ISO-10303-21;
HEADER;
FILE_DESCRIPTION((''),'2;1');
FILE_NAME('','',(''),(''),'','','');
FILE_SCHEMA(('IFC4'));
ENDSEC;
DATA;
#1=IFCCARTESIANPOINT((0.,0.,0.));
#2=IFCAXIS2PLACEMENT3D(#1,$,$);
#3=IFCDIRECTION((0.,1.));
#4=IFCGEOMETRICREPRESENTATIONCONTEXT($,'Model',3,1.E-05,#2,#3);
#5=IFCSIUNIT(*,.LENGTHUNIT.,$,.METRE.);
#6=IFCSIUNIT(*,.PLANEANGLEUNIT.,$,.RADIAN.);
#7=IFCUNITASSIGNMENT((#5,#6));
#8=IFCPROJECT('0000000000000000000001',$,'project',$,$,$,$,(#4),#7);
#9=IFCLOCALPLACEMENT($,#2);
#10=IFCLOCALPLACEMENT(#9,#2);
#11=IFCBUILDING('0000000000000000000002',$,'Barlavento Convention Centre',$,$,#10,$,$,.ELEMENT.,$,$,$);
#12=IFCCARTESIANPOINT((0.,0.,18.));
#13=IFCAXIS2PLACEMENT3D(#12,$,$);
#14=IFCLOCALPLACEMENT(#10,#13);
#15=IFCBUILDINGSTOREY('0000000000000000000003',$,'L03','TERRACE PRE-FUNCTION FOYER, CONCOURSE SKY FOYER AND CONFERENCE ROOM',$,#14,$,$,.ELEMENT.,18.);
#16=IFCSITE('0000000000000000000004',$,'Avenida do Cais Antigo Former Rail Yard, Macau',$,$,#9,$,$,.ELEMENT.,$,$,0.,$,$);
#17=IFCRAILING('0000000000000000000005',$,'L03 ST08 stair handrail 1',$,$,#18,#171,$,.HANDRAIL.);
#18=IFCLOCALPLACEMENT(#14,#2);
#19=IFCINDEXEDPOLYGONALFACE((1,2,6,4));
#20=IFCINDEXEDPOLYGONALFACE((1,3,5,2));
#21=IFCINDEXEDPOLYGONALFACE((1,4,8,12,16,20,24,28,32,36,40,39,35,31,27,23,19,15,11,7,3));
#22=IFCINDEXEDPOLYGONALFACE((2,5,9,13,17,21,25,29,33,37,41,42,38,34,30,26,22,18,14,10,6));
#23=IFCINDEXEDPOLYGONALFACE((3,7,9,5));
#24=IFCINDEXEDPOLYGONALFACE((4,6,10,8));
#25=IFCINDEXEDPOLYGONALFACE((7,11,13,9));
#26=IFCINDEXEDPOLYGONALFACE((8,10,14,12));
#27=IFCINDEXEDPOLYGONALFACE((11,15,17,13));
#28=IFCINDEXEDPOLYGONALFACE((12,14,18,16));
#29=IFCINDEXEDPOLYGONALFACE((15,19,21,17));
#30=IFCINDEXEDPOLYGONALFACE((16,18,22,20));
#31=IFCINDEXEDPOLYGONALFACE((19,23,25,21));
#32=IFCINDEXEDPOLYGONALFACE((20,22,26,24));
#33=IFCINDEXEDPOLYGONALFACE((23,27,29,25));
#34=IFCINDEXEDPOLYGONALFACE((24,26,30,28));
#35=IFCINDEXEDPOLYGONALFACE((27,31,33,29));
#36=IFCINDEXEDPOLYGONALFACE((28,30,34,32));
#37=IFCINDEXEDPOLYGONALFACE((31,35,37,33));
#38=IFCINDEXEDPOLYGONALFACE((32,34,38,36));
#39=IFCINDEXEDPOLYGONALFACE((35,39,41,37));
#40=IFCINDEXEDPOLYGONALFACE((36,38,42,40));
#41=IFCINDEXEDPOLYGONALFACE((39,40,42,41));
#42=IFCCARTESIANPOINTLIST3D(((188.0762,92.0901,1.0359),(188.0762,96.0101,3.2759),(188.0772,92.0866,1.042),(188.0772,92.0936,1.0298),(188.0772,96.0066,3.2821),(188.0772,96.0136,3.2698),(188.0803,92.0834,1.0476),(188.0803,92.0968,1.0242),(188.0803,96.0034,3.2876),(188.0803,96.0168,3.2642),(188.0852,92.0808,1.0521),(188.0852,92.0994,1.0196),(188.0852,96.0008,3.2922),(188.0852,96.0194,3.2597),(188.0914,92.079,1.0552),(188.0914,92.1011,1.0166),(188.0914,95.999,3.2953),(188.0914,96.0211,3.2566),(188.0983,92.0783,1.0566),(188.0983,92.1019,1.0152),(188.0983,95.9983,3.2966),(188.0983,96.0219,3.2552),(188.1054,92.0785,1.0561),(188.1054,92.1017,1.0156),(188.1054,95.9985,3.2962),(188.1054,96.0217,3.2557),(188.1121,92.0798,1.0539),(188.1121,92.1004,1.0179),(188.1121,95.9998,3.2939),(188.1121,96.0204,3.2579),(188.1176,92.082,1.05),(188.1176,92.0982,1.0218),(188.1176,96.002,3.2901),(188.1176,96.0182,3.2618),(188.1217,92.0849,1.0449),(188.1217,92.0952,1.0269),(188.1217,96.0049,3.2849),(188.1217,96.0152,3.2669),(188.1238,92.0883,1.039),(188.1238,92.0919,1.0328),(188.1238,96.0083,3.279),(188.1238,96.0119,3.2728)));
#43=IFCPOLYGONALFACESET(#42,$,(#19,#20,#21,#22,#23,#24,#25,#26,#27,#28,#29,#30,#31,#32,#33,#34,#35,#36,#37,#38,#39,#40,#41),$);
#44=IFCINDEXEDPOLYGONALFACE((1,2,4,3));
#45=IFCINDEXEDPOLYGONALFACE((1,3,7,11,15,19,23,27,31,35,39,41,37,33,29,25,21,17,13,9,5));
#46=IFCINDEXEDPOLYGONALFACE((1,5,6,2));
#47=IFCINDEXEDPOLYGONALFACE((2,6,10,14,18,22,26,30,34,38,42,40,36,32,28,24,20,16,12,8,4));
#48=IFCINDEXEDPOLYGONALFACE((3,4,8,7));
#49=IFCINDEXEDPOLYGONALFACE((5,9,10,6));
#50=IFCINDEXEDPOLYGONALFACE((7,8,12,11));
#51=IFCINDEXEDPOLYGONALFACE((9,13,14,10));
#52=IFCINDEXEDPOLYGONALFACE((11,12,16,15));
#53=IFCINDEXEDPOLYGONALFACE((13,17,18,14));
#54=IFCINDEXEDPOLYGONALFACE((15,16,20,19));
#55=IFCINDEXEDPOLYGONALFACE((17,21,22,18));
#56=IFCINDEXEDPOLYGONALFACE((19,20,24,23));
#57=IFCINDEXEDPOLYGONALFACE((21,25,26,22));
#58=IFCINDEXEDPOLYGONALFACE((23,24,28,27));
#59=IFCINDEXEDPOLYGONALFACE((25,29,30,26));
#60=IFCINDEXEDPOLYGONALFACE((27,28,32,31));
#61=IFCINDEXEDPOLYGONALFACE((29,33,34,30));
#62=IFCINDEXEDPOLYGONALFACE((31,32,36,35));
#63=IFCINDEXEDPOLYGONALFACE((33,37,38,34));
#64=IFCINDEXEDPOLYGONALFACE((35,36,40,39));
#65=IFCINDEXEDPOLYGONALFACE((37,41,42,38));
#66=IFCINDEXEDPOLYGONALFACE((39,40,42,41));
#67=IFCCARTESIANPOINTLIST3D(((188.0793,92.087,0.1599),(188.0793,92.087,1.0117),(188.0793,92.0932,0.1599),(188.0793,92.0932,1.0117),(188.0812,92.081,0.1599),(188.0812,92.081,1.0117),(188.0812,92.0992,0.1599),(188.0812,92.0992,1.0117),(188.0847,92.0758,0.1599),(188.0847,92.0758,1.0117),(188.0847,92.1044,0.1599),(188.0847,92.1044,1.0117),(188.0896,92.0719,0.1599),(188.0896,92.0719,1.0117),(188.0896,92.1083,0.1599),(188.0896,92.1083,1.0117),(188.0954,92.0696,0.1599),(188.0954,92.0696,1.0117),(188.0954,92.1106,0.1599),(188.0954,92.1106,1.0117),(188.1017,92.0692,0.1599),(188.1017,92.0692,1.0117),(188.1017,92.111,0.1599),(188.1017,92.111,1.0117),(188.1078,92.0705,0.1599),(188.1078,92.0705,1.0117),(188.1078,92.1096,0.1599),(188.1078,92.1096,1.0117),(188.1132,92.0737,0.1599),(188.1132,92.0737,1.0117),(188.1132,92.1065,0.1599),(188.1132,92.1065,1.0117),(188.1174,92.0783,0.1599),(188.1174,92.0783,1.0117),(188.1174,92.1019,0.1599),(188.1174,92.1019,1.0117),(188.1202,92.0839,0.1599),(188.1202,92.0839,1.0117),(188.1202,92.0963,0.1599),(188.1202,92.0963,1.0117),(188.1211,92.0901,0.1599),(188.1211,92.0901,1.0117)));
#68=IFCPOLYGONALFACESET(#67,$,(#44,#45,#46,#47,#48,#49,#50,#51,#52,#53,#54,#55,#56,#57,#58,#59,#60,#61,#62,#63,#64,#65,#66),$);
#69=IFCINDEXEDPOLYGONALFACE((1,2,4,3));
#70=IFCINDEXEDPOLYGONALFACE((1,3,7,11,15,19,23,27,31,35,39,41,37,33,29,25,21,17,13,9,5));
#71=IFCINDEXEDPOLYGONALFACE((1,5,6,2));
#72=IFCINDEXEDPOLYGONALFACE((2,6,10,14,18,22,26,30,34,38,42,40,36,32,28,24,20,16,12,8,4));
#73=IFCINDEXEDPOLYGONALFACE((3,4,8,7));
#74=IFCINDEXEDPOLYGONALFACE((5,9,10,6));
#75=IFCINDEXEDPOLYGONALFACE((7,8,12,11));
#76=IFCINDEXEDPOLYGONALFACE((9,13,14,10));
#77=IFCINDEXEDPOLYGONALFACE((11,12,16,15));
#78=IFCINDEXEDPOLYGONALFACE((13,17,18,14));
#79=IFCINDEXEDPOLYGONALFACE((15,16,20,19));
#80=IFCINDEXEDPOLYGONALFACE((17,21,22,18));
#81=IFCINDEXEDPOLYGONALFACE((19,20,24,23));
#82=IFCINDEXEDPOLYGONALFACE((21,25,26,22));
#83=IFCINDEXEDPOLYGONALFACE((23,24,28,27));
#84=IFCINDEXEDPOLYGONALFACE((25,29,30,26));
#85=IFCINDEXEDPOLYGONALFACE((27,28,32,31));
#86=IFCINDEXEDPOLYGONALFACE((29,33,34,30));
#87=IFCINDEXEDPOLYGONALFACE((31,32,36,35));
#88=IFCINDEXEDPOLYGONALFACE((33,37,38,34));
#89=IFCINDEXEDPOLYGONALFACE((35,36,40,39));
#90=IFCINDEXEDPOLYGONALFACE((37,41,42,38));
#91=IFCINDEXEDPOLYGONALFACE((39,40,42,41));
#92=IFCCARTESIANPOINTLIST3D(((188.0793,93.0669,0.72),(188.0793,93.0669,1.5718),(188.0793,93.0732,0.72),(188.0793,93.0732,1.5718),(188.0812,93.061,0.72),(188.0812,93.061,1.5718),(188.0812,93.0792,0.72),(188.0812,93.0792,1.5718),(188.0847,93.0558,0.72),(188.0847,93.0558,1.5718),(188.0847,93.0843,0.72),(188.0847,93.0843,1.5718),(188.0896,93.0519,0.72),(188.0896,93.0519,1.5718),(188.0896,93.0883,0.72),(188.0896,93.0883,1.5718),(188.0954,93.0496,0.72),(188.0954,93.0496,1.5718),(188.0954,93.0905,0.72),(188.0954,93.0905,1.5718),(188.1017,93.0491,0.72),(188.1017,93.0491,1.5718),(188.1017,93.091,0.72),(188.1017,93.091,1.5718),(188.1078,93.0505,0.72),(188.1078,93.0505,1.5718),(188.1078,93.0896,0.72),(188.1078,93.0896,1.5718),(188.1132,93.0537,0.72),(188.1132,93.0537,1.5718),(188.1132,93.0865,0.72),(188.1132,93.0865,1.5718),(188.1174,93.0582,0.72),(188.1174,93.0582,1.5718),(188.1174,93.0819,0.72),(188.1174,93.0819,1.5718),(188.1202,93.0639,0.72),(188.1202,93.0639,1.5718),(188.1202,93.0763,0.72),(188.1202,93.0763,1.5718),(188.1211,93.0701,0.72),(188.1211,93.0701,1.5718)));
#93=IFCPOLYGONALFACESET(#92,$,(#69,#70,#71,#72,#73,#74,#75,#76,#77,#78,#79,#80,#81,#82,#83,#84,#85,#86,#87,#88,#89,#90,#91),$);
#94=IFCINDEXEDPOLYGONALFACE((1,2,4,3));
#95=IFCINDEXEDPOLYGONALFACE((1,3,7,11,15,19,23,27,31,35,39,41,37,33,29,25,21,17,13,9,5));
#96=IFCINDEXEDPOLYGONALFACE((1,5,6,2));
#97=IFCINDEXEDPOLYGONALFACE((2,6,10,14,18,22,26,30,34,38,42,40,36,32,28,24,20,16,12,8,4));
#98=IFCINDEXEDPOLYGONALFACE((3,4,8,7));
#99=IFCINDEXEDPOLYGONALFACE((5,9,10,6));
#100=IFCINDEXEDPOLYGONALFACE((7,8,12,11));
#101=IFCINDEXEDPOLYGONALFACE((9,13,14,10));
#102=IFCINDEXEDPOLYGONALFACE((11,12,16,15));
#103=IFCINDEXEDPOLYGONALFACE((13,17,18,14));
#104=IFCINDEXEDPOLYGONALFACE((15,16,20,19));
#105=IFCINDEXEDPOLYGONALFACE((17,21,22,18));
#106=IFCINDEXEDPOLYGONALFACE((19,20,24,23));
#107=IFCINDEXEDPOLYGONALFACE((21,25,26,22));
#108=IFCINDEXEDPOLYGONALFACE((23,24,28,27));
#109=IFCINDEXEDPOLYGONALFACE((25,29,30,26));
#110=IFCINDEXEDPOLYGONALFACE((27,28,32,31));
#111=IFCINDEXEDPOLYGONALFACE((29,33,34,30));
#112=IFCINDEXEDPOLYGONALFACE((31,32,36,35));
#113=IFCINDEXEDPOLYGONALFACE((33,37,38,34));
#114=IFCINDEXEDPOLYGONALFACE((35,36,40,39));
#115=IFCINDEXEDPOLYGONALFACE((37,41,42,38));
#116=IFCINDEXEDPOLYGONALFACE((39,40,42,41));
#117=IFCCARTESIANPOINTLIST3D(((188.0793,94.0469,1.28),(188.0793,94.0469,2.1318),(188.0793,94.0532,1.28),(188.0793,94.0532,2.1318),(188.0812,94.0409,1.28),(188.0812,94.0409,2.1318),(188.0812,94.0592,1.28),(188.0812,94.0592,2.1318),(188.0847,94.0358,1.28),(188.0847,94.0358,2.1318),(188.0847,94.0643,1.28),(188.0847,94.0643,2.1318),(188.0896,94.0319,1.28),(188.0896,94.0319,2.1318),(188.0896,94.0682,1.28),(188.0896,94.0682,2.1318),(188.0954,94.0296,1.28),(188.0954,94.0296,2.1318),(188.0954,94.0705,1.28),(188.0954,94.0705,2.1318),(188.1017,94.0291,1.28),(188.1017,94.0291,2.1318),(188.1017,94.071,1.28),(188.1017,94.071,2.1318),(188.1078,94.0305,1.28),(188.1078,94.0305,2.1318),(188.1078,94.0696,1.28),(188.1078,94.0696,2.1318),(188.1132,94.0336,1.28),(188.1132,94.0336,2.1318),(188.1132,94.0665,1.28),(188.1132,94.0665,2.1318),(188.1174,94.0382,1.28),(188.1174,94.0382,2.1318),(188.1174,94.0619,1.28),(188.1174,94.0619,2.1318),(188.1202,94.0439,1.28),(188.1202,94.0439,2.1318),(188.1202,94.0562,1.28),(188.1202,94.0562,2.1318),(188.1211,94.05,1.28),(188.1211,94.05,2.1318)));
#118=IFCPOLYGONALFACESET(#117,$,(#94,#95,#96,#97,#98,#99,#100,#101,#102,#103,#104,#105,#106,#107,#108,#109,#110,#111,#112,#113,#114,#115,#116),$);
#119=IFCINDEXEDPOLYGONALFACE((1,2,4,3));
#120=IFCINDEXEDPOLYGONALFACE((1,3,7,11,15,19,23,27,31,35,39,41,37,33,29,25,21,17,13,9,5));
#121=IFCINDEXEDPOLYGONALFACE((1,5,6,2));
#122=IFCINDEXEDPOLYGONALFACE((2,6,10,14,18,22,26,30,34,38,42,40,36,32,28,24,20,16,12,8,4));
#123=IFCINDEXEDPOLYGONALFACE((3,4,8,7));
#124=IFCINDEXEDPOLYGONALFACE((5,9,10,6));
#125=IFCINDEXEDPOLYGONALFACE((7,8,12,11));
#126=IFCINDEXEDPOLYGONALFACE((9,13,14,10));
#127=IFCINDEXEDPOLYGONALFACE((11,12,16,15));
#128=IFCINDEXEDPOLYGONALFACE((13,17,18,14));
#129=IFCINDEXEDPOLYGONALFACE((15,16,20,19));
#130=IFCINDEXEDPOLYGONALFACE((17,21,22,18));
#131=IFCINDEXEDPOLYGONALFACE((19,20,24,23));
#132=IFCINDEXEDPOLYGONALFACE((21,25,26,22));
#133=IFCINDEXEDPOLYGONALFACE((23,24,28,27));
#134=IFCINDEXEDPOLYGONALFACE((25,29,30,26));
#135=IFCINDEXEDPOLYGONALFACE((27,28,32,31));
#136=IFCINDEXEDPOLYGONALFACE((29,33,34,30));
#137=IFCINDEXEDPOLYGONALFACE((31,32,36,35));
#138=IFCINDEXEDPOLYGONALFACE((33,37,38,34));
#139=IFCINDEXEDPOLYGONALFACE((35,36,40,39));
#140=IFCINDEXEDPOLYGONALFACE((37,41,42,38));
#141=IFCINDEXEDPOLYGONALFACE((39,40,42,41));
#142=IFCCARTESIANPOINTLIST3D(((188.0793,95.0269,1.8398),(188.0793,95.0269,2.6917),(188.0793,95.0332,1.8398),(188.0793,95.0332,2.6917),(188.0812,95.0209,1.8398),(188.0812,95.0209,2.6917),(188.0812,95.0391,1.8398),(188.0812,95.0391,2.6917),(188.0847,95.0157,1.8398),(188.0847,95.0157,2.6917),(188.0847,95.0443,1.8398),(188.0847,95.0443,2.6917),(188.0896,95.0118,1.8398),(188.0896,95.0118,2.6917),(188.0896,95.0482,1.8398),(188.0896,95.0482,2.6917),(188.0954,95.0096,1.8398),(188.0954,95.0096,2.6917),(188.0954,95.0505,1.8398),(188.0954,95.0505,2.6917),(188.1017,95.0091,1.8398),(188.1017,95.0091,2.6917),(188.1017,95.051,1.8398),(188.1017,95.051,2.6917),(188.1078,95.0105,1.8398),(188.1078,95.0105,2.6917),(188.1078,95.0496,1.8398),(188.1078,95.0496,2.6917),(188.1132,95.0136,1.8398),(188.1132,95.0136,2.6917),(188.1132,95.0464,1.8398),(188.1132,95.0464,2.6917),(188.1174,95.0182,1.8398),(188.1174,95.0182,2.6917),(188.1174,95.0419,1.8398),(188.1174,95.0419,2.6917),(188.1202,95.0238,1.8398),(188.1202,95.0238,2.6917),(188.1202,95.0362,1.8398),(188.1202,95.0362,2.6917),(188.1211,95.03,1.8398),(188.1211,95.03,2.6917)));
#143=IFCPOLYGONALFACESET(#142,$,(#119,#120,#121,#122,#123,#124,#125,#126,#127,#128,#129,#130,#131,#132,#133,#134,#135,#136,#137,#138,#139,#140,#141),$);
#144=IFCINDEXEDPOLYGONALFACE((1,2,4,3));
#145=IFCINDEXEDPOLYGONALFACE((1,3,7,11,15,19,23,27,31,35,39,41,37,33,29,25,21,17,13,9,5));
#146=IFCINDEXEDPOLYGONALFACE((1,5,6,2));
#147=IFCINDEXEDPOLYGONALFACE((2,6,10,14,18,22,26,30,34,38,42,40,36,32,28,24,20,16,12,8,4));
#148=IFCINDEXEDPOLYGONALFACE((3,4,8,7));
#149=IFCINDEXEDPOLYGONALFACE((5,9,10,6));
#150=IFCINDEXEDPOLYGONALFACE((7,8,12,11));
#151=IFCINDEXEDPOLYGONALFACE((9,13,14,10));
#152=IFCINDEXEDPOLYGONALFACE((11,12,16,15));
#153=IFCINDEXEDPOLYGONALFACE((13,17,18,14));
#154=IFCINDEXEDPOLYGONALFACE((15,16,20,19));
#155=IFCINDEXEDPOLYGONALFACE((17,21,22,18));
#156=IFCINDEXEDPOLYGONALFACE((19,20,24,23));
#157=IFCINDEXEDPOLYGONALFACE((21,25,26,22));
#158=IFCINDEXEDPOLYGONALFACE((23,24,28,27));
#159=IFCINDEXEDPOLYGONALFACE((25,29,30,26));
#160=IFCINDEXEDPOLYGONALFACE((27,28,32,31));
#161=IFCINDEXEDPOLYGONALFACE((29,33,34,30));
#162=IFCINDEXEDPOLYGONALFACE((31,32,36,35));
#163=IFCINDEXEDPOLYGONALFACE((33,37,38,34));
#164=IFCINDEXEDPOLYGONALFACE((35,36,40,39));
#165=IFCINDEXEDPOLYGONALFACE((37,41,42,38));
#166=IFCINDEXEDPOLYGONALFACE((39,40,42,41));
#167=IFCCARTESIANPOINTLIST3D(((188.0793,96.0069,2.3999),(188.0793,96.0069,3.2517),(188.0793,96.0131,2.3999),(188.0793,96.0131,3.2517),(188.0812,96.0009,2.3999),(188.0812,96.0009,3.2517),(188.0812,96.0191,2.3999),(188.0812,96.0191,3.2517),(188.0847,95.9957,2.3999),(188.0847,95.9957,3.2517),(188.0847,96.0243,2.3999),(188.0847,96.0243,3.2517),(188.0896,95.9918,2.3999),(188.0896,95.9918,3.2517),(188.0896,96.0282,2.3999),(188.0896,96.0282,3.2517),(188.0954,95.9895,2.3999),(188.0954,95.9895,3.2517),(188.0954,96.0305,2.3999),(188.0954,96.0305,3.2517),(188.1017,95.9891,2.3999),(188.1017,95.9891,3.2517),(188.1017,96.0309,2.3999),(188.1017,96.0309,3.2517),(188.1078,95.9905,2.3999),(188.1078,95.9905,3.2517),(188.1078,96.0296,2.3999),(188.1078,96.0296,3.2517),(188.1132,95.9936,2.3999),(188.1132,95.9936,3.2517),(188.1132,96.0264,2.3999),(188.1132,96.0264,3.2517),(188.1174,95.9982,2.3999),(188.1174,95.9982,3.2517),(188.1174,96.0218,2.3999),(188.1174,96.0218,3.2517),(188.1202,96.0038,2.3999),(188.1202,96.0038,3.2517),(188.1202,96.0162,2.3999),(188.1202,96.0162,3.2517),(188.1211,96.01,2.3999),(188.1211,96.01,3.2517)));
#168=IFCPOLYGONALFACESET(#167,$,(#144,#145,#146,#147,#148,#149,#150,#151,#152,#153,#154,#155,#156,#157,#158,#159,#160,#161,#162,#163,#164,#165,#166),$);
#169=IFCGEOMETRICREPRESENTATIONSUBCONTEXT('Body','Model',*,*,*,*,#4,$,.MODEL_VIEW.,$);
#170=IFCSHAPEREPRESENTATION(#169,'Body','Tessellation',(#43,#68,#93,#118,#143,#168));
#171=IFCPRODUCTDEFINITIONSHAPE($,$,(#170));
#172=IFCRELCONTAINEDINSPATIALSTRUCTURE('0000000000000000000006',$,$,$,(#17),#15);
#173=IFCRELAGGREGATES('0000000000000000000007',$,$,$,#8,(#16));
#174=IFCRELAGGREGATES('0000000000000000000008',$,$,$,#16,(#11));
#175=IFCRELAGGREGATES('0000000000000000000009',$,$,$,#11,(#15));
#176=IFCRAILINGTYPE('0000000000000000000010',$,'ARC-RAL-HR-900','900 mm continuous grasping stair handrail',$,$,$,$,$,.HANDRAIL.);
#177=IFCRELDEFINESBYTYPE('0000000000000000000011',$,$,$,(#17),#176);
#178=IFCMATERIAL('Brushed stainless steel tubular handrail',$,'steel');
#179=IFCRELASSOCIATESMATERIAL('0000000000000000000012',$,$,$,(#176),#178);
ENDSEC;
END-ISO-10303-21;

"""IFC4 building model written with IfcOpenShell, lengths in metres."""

from ifc_helpers import new_model, si_unit, direction, frame, origin, origin_2d, place, context, subcontext, project, spatial, circle, extrude, material, type_object, element, save


model = new_model("IFC4")

# Units and contexts
model_context = context("Model", 3, precision=1e-05, world=origin(), true_north=direction((0.0, 1.0)))
body_context = subcontext(model_context, "Body", "Model", "MODEL_VIEW")
ifc_project = project(units=[si_unit("LENGTHUNIT", "METRE"), si_unit("PLANEANGLEUNIT", "RADIAN")], contexts=[model_context])

# Site, building, storey
site_placement = place(None, origin())
site = spatial("IfcSite", under=ifc_project, at=site_placement, Name="Avenida do Cais Antigo Former Rail Yard, Macau", CompositionType="ELEMENT", RefElevation=0.0)
building_placement = place(site_placement, origin())
building = spatial("IfcBuilding", under=site, at=building_placement, Name="Barlavento Convention Centre", CompositionType="ELEMENT")
storey_placement = place(building_placement, frame((0.0, 0.0, 18.0)))
storey = spatial("IfcBuildingStorey", under=building, at=storey_placement, Name="L03", Description="TERRACE PRE-FUNCTION FOYER, CONCOURSE SKY FOYER AND CONFERENCE ROOM", CompositionType="ELEMENT", Elevation=18.0)

# Railing
ifc_material_1 = material(Name="Brushed stainless steel tubular handrail", Category="steel")
railing_type_1 = type_object("IfcRailingType", Name="ARC-RAL-HR-900", Description="900 mm continuous grasping stair handrail", PredefinedType="HANDRAIL", material=ifc_material_1)
railing_1_placement = place(storey_placement, frame((188.1001, 92.0901, 0.1599)))
element("IfcRailing", 1, at=railing_1_placement, inside=storey, type_object=railing_type_1, Name="L03 ST08 stair handrail 1", PredefinedType="HANDRAIL", context=body_context, shape_type="SweptSolid", body=[
    extrude(circle(Radius=0.0239, at=origin_2d()), frame((0.0, 0.0, 0.876), z_axis=(0.0, 0.86824, 0.496145), x_axis=(-1.0, 0.0, 0.0)), (0.0, 0.0, 1.0), 4.5149),
    extrude(circle(Radius=0.021, at=origin_2d()), origin(), (0.0, 0.0, 1.0), 0.8518),
    extrude(circle(Radius=0.021, at=origin_2d()), frame((0.0, 0.98, 0.5601)), (0.0, 0.0, 1.0), 0.8518),
    extrude(circle(Radius=0.021, at=origin_2d()), frame((0.0, 1.96, 1.1201)), (0.0, 0.0, 1.0), 0.8518),
    extrude(circle(Radius=0.021, at=origin_2d()), frame((0.0, 2.9399, 1.6799)), (0.0, 0.0, 1.0), 0.8518),
    extrude(circle(Radius=0.021, at=origin_2d()), frame((0.0, 3.9199, 2.24)), (0.0, 0.0, 1.0), 0.8518),
])

save(model, "model.ifc")
